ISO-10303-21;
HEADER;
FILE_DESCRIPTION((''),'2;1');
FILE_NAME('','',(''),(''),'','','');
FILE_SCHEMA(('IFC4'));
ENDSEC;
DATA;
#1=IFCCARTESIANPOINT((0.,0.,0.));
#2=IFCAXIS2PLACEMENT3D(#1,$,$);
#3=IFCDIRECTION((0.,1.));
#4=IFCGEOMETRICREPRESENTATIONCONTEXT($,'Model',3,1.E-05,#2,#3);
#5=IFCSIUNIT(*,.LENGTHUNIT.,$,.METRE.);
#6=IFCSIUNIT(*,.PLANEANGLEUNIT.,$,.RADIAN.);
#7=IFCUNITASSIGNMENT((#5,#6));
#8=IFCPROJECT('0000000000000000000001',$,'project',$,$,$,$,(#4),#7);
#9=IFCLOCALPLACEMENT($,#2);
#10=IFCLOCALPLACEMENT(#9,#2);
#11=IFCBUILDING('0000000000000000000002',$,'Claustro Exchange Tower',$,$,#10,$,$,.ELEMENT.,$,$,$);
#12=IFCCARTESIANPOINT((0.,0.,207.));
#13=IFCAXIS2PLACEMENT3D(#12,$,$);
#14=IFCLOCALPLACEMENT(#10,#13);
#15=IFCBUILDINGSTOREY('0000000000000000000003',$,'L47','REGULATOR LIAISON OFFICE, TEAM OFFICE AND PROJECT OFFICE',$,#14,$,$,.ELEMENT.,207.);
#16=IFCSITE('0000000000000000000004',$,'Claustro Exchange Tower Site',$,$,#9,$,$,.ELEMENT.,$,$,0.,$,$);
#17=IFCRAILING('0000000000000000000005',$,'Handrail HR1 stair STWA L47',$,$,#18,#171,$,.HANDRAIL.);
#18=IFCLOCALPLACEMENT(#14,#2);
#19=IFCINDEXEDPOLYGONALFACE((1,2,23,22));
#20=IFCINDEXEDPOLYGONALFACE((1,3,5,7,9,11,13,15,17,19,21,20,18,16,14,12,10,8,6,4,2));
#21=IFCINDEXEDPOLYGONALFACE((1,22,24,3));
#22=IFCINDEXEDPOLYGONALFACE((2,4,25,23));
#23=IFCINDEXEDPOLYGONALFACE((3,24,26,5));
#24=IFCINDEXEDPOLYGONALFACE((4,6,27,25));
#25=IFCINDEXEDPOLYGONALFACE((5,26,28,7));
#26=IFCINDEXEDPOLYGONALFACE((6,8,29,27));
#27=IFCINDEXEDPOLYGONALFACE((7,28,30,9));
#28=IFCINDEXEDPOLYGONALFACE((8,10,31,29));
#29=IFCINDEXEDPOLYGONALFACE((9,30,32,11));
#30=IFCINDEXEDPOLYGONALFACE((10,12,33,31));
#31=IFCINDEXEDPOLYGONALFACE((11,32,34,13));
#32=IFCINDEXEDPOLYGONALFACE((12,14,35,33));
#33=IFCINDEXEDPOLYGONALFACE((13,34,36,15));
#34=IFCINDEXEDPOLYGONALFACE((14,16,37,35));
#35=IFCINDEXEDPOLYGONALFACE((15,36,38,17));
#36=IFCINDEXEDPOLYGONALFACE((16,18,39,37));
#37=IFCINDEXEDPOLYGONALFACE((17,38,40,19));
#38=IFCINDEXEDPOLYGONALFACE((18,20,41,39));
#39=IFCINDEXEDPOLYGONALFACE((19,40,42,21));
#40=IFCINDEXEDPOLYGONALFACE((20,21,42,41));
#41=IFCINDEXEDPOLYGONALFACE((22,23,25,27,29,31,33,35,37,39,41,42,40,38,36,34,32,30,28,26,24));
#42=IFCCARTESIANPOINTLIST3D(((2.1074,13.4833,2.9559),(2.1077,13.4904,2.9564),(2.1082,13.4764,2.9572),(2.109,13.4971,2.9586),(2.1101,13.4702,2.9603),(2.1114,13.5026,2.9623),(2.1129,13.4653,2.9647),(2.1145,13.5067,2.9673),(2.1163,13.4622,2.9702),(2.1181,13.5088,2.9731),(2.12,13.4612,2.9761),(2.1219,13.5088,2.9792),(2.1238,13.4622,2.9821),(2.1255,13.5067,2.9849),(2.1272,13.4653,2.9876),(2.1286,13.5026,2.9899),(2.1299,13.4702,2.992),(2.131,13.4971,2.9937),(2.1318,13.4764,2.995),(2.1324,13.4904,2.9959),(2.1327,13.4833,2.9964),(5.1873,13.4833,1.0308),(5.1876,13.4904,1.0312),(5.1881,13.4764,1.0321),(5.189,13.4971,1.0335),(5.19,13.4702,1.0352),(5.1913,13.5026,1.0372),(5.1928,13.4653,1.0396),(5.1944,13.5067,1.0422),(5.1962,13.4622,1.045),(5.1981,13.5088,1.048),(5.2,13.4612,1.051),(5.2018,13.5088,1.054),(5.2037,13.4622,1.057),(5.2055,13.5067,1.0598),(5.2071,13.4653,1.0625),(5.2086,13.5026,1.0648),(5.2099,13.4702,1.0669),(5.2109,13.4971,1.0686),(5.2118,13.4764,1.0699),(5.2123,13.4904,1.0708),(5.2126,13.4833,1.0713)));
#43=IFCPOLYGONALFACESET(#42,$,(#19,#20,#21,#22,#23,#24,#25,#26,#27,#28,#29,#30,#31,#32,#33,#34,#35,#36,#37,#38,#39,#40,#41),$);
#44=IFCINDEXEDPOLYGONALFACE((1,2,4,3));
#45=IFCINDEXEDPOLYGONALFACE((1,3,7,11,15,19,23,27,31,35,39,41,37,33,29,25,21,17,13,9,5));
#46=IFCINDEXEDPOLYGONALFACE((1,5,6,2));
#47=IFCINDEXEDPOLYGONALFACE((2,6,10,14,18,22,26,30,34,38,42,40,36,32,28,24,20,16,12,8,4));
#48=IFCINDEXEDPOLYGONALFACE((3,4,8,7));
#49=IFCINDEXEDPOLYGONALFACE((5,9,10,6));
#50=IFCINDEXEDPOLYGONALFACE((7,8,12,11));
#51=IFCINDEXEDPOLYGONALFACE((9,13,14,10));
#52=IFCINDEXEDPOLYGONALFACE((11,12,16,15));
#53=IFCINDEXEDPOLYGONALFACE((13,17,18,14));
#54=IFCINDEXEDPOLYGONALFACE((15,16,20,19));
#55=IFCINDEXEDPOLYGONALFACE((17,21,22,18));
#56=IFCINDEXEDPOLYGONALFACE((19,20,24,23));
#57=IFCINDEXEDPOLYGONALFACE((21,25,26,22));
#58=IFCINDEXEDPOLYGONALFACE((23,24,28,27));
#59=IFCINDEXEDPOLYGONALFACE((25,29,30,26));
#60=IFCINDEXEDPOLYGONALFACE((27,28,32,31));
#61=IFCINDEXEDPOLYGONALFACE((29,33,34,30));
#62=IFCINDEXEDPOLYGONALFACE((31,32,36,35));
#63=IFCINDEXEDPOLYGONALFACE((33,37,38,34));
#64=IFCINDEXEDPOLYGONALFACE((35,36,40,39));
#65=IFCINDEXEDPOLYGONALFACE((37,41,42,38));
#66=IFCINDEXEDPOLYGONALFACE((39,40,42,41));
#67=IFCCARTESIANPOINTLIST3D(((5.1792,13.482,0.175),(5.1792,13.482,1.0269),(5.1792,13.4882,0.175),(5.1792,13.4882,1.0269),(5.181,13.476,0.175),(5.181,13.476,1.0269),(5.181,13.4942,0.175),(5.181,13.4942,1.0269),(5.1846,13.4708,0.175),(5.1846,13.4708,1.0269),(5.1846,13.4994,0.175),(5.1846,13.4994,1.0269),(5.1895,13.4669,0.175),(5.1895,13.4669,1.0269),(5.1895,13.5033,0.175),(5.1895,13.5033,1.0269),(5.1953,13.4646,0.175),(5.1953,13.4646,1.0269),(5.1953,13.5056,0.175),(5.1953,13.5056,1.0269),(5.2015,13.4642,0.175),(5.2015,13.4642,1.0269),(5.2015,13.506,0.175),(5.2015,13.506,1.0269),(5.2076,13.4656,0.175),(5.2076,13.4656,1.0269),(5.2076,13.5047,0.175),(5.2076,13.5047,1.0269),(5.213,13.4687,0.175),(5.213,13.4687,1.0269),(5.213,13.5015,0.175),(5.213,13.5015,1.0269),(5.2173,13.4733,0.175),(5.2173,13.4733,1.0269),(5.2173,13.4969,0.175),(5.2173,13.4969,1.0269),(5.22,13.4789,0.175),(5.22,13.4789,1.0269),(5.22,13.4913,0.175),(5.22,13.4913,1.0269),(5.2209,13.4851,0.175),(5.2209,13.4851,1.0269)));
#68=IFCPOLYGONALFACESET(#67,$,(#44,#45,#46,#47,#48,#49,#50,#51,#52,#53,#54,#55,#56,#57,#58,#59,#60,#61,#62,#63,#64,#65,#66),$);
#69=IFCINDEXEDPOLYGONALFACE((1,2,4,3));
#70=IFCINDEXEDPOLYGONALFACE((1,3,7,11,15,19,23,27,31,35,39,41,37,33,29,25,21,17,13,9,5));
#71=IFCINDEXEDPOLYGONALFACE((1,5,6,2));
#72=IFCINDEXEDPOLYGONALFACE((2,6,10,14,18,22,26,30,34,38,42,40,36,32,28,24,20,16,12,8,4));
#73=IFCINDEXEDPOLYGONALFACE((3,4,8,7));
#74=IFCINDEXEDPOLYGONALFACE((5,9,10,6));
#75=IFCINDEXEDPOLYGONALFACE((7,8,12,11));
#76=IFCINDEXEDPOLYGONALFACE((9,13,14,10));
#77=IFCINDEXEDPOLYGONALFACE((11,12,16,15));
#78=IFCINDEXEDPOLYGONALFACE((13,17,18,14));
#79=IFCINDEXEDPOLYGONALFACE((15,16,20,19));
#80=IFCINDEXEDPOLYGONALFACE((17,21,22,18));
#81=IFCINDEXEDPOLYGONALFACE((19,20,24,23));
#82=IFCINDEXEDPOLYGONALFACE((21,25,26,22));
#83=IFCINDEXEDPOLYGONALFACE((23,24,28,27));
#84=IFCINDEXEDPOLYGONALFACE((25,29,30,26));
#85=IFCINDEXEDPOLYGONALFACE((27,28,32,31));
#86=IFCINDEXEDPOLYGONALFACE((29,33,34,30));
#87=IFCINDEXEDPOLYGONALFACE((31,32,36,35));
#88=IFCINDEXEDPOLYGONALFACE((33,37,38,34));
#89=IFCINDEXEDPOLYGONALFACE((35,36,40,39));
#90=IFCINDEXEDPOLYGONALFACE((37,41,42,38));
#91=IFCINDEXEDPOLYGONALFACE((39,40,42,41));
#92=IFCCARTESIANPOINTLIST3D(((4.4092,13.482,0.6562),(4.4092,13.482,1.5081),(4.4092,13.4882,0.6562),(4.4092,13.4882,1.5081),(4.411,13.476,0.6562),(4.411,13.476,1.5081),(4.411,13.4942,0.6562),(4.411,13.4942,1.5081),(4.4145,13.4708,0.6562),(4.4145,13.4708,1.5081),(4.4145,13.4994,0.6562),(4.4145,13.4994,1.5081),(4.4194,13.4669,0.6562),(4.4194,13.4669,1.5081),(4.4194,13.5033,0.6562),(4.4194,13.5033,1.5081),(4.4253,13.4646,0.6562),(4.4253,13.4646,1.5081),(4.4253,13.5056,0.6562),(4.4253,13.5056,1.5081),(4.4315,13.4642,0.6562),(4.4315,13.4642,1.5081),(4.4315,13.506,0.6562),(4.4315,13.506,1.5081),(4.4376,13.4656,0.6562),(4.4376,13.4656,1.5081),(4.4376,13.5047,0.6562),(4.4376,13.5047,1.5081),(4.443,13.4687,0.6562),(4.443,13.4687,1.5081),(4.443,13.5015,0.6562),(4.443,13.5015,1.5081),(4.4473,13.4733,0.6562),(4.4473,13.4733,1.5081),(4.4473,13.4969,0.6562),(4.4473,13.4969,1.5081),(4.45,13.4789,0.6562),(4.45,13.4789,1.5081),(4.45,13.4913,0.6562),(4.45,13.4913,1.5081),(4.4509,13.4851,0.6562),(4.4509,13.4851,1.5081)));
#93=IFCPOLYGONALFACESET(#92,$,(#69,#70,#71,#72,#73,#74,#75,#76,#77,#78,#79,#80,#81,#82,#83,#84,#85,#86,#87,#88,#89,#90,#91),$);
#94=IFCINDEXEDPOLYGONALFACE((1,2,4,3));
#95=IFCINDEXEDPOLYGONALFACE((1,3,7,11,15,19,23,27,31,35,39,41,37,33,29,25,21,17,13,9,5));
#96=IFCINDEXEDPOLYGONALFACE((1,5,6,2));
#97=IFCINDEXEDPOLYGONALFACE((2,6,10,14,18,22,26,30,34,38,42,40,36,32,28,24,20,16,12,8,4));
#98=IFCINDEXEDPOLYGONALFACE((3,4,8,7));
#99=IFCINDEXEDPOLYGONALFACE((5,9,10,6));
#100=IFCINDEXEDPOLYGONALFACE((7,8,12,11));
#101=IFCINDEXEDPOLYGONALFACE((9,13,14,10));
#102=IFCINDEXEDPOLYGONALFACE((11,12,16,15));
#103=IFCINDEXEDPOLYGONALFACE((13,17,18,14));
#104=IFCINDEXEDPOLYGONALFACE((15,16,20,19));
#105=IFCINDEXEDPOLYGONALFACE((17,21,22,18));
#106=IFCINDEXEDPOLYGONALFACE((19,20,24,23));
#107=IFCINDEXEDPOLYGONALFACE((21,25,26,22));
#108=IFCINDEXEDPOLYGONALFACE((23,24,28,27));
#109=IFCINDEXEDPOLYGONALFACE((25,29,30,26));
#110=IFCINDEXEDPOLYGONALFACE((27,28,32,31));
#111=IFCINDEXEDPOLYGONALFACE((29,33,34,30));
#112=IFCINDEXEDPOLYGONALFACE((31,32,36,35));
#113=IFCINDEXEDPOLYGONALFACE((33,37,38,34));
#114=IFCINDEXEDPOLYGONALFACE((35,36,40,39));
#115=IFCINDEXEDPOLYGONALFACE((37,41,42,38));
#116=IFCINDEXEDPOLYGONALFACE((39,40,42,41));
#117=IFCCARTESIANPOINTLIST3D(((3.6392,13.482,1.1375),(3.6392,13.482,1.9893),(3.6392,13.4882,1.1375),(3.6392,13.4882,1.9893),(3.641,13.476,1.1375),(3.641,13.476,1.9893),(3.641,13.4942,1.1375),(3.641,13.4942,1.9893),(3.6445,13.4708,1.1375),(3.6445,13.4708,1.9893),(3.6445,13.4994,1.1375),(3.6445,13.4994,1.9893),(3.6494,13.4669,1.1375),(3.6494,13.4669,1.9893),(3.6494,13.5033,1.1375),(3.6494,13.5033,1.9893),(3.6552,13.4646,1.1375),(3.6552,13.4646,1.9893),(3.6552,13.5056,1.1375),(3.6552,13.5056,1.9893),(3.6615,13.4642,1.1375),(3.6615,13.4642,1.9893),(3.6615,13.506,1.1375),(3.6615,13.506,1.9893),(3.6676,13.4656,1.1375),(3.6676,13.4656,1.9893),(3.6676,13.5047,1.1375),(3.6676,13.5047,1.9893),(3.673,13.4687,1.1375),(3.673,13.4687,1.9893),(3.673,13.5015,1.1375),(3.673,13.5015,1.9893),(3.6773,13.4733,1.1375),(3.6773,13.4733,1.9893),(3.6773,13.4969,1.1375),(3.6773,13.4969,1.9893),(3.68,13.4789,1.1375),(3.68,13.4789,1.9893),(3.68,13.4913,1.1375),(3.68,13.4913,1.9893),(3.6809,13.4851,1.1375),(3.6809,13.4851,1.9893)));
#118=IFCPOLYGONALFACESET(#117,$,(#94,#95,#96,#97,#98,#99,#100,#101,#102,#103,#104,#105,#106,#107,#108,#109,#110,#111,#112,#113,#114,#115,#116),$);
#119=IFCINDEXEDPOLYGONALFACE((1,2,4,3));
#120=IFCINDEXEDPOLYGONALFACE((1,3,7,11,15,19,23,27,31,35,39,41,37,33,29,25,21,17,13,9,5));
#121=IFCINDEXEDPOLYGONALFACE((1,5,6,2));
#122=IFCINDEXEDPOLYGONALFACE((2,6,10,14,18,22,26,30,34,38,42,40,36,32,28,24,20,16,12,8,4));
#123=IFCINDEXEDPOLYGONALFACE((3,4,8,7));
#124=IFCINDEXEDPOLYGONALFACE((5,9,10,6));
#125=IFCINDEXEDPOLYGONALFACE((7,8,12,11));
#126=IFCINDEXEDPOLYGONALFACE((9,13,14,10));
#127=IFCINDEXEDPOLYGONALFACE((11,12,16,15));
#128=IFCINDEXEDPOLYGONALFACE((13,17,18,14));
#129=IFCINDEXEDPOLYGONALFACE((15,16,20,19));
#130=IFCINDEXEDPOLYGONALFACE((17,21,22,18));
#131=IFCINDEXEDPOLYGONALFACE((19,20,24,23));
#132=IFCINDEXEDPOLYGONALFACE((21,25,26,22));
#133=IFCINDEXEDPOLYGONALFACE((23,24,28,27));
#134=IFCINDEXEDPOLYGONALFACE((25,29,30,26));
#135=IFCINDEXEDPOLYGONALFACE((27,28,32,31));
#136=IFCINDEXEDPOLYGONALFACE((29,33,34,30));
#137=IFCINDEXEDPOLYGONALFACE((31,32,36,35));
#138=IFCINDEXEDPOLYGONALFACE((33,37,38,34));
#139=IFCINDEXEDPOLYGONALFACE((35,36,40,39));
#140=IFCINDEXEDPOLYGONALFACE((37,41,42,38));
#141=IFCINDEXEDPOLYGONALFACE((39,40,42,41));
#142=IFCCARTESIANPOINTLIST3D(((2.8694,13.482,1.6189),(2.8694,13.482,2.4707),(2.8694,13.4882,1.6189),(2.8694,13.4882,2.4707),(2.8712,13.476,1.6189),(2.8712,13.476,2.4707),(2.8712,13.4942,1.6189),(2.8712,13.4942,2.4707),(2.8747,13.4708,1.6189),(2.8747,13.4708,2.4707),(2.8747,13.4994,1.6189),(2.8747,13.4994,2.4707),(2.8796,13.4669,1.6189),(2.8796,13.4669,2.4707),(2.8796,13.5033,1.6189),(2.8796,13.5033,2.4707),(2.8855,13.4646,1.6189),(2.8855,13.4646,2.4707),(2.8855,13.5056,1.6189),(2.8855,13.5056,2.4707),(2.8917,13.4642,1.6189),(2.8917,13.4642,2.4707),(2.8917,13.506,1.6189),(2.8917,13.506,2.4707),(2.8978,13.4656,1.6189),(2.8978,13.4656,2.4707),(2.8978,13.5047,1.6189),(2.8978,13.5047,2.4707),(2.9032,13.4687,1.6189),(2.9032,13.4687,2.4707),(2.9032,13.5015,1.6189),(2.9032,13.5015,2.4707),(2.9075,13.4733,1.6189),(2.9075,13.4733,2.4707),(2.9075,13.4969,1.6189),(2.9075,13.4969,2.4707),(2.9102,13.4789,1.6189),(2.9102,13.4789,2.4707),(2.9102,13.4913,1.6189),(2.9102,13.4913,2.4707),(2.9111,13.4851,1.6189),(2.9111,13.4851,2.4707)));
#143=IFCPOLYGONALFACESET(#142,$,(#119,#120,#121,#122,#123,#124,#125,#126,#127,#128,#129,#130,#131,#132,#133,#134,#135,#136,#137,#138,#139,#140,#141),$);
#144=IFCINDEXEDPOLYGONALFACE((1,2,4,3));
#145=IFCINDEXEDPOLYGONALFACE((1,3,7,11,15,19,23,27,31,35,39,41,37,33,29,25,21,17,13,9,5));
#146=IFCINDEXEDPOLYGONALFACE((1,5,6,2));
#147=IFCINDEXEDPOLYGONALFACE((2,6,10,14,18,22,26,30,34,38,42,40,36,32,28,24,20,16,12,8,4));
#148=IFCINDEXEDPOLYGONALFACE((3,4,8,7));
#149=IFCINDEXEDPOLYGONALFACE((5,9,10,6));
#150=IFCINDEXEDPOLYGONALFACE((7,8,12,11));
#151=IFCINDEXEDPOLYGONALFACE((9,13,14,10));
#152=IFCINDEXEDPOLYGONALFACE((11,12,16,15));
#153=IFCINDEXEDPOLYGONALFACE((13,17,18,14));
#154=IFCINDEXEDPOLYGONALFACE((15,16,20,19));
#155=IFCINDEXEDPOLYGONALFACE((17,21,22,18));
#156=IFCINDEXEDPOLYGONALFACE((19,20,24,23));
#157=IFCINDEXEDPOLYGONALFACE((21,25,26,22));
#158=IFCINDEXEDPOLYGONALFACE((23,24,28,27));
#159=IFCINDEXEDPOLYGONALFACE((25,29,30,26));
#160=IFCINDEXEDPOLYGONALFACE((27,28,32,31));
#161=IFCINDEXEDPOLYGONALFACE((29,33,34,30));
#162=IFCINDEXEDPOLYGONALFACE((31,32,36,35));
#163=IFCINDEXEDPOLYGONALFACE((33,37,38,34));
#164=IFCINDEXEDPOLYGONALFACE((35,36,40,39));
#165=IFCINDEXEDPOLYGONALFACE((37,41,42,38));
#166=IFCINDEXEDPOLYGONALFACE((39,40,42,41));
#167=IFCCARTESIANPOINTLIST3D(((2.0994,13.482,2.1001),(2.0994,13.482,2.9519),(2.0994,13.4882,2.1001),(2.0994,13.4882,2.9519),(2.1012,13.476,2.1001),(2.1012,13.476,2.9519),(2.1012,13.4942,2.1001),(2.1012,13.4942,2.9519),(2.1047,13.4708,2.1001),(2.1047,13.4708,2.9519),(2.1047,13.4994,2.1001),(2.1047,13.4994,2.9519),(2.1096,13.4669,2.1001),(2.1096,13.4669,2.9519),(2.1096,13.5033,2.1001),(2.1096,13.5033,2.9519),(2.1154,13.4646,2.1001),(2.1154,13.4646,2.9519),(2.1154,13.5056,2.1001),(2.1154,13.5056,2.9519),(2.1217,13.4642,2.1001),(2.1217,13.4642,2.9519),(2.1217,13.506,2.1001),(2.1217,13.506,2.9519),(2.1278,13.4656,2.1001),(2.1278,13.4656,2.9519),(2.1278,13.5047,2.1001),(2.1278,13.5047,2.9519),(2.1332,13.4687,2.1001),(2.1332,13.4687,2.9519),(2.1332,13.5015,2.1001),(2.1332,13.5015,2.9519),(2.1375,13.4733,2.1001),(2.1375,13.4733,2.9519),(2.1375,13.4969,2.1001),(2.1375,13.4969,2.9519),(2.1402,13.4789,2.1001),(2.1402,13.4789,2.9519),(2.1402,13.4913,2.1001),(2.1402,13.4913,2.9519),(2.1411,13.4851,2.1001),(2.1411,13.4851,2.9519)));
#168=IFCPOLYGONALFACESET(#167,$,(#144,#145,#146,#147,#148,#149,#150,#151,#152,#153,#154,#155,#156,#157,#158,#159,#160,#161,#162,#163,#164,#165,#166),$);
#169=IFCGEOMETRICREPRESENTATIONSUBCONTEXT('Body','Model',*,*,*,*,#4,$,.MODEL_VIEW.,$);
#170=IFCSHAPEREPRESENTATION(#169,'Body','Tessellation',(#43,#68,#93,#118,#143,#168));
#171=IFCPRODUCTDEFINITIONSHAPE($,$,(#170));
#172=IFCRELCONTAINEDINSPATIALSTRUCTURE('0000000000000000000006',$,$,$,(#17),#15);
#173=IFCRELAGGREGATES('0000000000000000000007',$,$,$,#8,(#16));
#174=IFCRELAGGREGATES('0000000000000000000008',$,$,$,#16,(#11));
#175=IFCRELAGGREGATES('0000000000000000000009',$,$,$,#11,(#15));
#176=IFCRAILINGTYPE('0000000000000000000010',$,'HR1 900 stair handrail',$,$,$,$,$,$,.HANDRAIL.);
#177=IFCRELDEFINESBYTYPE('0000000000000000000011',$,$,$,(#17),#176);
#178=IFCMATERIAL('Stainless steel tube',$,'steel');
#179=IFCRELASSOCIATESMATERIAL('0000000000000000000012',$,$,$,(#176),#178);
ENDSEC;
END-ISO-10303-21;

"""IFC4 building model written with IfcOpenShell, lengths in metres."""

from ifc_helpers import new_model, si_unit, direction, frame, origin, origin_2d, place, context, subcontext, project, spatial, circle, extrude, material, type_object, element, save


model = new_model("IFC4")

# Units and contexts
model_context = context("Model", 3, precision=1e-05, world=origin(), true_north=direction((0.0, 1.0)))
body_context = subcontext(model_context, "Body", "Model", "MODEL_VIEW")
ifc_project = project(units=[si_unit("LENGTHUNIT", "METRE"), si_unit("PLANEANGLEUNIT", "RADIAN")], contexts=[model_context])

# Site, building, storey
site_placement = place(None, origin())
site = spatial("IfcSite", under=ifc_project, at=site_placement, Name="Claustro Exchange Tower Site", CompositionType="ELEMENT", RefElevation=0.0)
building_placement = place(site_placement, origin())
building = spatial("IfcBuilding", under=site, at=building_placement, Name="Claustro Exchange Tower", CompositionType="ELEMENT")
storey_placement = place(building_placement, frame((0.0, 0.0, 207.0)))
storey = spatial("IfcBuildingStorey", under=building, at=storey_placement, Name="L47", Description="REGULATOR LIAISON OFFICE, TEAM OFFICE AND PROJECT OFFICE", CompositionType="ELEMENT", Elevation=207.0)

# Railing
ifc_material_1 = material(Name="Stainless steel tube", Category="steel")
railing_type_1 = type_object("IfcRailingType", Name="HR1 900 stair handrail", PredefinedType="HANDRAIL", material=ifc_material_1)
railing_1_placement = place(storey_placement, frame((5.2, 13.4851, 0.175)))
element("IfcRailing", 1, at=railing_1_placement, inside=storey, type_object=railing_type_1, Name="Handrail HR1 stair STWA L47", PredefinedType="HANDRAIL", context=body_context, shape_type="SweptSolid", body=[
    extrude(circle(Radius=0.0239, at=origin_2d()), frame((0.0, 0.0, 0.876), z_axis=(-0.847979, 0.0, 0.530029), x_axis=(0.0, -1.0, 0.0)), (0.0, 0.0, 1.0), 3.6321),
    extrude(circle(Radius=0.021, at=origin_2d()), origin(), (0.0, 0.0, 1.0), 0.8518),
    extrude(circle(Radius=0.021, at=origin_2d()), frame((-0.77, 0.0, 0.4812)), (0.0, 0.0, 1.0), 0.8518),
    extrude(circle(Radius=0.021, at=origin_2d()), frame((-1.54, 0.0, 0.9624)), (0.0, 0.0, 1.0), 0.8518),
    extrude(circle(Radius=0.021, at=origin_2d()), frame((-2.3098, 0.0, 1.4438)), (0.0, 0.0, 1.0), 0.8518),
    extrude(circle(Radius=0.021, at=origin_2d()), frame((-3.0798, 0.0, 1.925)), (0.0, 0.0, 1.0), 0.8518),
])

save(model, "model.ifc")
